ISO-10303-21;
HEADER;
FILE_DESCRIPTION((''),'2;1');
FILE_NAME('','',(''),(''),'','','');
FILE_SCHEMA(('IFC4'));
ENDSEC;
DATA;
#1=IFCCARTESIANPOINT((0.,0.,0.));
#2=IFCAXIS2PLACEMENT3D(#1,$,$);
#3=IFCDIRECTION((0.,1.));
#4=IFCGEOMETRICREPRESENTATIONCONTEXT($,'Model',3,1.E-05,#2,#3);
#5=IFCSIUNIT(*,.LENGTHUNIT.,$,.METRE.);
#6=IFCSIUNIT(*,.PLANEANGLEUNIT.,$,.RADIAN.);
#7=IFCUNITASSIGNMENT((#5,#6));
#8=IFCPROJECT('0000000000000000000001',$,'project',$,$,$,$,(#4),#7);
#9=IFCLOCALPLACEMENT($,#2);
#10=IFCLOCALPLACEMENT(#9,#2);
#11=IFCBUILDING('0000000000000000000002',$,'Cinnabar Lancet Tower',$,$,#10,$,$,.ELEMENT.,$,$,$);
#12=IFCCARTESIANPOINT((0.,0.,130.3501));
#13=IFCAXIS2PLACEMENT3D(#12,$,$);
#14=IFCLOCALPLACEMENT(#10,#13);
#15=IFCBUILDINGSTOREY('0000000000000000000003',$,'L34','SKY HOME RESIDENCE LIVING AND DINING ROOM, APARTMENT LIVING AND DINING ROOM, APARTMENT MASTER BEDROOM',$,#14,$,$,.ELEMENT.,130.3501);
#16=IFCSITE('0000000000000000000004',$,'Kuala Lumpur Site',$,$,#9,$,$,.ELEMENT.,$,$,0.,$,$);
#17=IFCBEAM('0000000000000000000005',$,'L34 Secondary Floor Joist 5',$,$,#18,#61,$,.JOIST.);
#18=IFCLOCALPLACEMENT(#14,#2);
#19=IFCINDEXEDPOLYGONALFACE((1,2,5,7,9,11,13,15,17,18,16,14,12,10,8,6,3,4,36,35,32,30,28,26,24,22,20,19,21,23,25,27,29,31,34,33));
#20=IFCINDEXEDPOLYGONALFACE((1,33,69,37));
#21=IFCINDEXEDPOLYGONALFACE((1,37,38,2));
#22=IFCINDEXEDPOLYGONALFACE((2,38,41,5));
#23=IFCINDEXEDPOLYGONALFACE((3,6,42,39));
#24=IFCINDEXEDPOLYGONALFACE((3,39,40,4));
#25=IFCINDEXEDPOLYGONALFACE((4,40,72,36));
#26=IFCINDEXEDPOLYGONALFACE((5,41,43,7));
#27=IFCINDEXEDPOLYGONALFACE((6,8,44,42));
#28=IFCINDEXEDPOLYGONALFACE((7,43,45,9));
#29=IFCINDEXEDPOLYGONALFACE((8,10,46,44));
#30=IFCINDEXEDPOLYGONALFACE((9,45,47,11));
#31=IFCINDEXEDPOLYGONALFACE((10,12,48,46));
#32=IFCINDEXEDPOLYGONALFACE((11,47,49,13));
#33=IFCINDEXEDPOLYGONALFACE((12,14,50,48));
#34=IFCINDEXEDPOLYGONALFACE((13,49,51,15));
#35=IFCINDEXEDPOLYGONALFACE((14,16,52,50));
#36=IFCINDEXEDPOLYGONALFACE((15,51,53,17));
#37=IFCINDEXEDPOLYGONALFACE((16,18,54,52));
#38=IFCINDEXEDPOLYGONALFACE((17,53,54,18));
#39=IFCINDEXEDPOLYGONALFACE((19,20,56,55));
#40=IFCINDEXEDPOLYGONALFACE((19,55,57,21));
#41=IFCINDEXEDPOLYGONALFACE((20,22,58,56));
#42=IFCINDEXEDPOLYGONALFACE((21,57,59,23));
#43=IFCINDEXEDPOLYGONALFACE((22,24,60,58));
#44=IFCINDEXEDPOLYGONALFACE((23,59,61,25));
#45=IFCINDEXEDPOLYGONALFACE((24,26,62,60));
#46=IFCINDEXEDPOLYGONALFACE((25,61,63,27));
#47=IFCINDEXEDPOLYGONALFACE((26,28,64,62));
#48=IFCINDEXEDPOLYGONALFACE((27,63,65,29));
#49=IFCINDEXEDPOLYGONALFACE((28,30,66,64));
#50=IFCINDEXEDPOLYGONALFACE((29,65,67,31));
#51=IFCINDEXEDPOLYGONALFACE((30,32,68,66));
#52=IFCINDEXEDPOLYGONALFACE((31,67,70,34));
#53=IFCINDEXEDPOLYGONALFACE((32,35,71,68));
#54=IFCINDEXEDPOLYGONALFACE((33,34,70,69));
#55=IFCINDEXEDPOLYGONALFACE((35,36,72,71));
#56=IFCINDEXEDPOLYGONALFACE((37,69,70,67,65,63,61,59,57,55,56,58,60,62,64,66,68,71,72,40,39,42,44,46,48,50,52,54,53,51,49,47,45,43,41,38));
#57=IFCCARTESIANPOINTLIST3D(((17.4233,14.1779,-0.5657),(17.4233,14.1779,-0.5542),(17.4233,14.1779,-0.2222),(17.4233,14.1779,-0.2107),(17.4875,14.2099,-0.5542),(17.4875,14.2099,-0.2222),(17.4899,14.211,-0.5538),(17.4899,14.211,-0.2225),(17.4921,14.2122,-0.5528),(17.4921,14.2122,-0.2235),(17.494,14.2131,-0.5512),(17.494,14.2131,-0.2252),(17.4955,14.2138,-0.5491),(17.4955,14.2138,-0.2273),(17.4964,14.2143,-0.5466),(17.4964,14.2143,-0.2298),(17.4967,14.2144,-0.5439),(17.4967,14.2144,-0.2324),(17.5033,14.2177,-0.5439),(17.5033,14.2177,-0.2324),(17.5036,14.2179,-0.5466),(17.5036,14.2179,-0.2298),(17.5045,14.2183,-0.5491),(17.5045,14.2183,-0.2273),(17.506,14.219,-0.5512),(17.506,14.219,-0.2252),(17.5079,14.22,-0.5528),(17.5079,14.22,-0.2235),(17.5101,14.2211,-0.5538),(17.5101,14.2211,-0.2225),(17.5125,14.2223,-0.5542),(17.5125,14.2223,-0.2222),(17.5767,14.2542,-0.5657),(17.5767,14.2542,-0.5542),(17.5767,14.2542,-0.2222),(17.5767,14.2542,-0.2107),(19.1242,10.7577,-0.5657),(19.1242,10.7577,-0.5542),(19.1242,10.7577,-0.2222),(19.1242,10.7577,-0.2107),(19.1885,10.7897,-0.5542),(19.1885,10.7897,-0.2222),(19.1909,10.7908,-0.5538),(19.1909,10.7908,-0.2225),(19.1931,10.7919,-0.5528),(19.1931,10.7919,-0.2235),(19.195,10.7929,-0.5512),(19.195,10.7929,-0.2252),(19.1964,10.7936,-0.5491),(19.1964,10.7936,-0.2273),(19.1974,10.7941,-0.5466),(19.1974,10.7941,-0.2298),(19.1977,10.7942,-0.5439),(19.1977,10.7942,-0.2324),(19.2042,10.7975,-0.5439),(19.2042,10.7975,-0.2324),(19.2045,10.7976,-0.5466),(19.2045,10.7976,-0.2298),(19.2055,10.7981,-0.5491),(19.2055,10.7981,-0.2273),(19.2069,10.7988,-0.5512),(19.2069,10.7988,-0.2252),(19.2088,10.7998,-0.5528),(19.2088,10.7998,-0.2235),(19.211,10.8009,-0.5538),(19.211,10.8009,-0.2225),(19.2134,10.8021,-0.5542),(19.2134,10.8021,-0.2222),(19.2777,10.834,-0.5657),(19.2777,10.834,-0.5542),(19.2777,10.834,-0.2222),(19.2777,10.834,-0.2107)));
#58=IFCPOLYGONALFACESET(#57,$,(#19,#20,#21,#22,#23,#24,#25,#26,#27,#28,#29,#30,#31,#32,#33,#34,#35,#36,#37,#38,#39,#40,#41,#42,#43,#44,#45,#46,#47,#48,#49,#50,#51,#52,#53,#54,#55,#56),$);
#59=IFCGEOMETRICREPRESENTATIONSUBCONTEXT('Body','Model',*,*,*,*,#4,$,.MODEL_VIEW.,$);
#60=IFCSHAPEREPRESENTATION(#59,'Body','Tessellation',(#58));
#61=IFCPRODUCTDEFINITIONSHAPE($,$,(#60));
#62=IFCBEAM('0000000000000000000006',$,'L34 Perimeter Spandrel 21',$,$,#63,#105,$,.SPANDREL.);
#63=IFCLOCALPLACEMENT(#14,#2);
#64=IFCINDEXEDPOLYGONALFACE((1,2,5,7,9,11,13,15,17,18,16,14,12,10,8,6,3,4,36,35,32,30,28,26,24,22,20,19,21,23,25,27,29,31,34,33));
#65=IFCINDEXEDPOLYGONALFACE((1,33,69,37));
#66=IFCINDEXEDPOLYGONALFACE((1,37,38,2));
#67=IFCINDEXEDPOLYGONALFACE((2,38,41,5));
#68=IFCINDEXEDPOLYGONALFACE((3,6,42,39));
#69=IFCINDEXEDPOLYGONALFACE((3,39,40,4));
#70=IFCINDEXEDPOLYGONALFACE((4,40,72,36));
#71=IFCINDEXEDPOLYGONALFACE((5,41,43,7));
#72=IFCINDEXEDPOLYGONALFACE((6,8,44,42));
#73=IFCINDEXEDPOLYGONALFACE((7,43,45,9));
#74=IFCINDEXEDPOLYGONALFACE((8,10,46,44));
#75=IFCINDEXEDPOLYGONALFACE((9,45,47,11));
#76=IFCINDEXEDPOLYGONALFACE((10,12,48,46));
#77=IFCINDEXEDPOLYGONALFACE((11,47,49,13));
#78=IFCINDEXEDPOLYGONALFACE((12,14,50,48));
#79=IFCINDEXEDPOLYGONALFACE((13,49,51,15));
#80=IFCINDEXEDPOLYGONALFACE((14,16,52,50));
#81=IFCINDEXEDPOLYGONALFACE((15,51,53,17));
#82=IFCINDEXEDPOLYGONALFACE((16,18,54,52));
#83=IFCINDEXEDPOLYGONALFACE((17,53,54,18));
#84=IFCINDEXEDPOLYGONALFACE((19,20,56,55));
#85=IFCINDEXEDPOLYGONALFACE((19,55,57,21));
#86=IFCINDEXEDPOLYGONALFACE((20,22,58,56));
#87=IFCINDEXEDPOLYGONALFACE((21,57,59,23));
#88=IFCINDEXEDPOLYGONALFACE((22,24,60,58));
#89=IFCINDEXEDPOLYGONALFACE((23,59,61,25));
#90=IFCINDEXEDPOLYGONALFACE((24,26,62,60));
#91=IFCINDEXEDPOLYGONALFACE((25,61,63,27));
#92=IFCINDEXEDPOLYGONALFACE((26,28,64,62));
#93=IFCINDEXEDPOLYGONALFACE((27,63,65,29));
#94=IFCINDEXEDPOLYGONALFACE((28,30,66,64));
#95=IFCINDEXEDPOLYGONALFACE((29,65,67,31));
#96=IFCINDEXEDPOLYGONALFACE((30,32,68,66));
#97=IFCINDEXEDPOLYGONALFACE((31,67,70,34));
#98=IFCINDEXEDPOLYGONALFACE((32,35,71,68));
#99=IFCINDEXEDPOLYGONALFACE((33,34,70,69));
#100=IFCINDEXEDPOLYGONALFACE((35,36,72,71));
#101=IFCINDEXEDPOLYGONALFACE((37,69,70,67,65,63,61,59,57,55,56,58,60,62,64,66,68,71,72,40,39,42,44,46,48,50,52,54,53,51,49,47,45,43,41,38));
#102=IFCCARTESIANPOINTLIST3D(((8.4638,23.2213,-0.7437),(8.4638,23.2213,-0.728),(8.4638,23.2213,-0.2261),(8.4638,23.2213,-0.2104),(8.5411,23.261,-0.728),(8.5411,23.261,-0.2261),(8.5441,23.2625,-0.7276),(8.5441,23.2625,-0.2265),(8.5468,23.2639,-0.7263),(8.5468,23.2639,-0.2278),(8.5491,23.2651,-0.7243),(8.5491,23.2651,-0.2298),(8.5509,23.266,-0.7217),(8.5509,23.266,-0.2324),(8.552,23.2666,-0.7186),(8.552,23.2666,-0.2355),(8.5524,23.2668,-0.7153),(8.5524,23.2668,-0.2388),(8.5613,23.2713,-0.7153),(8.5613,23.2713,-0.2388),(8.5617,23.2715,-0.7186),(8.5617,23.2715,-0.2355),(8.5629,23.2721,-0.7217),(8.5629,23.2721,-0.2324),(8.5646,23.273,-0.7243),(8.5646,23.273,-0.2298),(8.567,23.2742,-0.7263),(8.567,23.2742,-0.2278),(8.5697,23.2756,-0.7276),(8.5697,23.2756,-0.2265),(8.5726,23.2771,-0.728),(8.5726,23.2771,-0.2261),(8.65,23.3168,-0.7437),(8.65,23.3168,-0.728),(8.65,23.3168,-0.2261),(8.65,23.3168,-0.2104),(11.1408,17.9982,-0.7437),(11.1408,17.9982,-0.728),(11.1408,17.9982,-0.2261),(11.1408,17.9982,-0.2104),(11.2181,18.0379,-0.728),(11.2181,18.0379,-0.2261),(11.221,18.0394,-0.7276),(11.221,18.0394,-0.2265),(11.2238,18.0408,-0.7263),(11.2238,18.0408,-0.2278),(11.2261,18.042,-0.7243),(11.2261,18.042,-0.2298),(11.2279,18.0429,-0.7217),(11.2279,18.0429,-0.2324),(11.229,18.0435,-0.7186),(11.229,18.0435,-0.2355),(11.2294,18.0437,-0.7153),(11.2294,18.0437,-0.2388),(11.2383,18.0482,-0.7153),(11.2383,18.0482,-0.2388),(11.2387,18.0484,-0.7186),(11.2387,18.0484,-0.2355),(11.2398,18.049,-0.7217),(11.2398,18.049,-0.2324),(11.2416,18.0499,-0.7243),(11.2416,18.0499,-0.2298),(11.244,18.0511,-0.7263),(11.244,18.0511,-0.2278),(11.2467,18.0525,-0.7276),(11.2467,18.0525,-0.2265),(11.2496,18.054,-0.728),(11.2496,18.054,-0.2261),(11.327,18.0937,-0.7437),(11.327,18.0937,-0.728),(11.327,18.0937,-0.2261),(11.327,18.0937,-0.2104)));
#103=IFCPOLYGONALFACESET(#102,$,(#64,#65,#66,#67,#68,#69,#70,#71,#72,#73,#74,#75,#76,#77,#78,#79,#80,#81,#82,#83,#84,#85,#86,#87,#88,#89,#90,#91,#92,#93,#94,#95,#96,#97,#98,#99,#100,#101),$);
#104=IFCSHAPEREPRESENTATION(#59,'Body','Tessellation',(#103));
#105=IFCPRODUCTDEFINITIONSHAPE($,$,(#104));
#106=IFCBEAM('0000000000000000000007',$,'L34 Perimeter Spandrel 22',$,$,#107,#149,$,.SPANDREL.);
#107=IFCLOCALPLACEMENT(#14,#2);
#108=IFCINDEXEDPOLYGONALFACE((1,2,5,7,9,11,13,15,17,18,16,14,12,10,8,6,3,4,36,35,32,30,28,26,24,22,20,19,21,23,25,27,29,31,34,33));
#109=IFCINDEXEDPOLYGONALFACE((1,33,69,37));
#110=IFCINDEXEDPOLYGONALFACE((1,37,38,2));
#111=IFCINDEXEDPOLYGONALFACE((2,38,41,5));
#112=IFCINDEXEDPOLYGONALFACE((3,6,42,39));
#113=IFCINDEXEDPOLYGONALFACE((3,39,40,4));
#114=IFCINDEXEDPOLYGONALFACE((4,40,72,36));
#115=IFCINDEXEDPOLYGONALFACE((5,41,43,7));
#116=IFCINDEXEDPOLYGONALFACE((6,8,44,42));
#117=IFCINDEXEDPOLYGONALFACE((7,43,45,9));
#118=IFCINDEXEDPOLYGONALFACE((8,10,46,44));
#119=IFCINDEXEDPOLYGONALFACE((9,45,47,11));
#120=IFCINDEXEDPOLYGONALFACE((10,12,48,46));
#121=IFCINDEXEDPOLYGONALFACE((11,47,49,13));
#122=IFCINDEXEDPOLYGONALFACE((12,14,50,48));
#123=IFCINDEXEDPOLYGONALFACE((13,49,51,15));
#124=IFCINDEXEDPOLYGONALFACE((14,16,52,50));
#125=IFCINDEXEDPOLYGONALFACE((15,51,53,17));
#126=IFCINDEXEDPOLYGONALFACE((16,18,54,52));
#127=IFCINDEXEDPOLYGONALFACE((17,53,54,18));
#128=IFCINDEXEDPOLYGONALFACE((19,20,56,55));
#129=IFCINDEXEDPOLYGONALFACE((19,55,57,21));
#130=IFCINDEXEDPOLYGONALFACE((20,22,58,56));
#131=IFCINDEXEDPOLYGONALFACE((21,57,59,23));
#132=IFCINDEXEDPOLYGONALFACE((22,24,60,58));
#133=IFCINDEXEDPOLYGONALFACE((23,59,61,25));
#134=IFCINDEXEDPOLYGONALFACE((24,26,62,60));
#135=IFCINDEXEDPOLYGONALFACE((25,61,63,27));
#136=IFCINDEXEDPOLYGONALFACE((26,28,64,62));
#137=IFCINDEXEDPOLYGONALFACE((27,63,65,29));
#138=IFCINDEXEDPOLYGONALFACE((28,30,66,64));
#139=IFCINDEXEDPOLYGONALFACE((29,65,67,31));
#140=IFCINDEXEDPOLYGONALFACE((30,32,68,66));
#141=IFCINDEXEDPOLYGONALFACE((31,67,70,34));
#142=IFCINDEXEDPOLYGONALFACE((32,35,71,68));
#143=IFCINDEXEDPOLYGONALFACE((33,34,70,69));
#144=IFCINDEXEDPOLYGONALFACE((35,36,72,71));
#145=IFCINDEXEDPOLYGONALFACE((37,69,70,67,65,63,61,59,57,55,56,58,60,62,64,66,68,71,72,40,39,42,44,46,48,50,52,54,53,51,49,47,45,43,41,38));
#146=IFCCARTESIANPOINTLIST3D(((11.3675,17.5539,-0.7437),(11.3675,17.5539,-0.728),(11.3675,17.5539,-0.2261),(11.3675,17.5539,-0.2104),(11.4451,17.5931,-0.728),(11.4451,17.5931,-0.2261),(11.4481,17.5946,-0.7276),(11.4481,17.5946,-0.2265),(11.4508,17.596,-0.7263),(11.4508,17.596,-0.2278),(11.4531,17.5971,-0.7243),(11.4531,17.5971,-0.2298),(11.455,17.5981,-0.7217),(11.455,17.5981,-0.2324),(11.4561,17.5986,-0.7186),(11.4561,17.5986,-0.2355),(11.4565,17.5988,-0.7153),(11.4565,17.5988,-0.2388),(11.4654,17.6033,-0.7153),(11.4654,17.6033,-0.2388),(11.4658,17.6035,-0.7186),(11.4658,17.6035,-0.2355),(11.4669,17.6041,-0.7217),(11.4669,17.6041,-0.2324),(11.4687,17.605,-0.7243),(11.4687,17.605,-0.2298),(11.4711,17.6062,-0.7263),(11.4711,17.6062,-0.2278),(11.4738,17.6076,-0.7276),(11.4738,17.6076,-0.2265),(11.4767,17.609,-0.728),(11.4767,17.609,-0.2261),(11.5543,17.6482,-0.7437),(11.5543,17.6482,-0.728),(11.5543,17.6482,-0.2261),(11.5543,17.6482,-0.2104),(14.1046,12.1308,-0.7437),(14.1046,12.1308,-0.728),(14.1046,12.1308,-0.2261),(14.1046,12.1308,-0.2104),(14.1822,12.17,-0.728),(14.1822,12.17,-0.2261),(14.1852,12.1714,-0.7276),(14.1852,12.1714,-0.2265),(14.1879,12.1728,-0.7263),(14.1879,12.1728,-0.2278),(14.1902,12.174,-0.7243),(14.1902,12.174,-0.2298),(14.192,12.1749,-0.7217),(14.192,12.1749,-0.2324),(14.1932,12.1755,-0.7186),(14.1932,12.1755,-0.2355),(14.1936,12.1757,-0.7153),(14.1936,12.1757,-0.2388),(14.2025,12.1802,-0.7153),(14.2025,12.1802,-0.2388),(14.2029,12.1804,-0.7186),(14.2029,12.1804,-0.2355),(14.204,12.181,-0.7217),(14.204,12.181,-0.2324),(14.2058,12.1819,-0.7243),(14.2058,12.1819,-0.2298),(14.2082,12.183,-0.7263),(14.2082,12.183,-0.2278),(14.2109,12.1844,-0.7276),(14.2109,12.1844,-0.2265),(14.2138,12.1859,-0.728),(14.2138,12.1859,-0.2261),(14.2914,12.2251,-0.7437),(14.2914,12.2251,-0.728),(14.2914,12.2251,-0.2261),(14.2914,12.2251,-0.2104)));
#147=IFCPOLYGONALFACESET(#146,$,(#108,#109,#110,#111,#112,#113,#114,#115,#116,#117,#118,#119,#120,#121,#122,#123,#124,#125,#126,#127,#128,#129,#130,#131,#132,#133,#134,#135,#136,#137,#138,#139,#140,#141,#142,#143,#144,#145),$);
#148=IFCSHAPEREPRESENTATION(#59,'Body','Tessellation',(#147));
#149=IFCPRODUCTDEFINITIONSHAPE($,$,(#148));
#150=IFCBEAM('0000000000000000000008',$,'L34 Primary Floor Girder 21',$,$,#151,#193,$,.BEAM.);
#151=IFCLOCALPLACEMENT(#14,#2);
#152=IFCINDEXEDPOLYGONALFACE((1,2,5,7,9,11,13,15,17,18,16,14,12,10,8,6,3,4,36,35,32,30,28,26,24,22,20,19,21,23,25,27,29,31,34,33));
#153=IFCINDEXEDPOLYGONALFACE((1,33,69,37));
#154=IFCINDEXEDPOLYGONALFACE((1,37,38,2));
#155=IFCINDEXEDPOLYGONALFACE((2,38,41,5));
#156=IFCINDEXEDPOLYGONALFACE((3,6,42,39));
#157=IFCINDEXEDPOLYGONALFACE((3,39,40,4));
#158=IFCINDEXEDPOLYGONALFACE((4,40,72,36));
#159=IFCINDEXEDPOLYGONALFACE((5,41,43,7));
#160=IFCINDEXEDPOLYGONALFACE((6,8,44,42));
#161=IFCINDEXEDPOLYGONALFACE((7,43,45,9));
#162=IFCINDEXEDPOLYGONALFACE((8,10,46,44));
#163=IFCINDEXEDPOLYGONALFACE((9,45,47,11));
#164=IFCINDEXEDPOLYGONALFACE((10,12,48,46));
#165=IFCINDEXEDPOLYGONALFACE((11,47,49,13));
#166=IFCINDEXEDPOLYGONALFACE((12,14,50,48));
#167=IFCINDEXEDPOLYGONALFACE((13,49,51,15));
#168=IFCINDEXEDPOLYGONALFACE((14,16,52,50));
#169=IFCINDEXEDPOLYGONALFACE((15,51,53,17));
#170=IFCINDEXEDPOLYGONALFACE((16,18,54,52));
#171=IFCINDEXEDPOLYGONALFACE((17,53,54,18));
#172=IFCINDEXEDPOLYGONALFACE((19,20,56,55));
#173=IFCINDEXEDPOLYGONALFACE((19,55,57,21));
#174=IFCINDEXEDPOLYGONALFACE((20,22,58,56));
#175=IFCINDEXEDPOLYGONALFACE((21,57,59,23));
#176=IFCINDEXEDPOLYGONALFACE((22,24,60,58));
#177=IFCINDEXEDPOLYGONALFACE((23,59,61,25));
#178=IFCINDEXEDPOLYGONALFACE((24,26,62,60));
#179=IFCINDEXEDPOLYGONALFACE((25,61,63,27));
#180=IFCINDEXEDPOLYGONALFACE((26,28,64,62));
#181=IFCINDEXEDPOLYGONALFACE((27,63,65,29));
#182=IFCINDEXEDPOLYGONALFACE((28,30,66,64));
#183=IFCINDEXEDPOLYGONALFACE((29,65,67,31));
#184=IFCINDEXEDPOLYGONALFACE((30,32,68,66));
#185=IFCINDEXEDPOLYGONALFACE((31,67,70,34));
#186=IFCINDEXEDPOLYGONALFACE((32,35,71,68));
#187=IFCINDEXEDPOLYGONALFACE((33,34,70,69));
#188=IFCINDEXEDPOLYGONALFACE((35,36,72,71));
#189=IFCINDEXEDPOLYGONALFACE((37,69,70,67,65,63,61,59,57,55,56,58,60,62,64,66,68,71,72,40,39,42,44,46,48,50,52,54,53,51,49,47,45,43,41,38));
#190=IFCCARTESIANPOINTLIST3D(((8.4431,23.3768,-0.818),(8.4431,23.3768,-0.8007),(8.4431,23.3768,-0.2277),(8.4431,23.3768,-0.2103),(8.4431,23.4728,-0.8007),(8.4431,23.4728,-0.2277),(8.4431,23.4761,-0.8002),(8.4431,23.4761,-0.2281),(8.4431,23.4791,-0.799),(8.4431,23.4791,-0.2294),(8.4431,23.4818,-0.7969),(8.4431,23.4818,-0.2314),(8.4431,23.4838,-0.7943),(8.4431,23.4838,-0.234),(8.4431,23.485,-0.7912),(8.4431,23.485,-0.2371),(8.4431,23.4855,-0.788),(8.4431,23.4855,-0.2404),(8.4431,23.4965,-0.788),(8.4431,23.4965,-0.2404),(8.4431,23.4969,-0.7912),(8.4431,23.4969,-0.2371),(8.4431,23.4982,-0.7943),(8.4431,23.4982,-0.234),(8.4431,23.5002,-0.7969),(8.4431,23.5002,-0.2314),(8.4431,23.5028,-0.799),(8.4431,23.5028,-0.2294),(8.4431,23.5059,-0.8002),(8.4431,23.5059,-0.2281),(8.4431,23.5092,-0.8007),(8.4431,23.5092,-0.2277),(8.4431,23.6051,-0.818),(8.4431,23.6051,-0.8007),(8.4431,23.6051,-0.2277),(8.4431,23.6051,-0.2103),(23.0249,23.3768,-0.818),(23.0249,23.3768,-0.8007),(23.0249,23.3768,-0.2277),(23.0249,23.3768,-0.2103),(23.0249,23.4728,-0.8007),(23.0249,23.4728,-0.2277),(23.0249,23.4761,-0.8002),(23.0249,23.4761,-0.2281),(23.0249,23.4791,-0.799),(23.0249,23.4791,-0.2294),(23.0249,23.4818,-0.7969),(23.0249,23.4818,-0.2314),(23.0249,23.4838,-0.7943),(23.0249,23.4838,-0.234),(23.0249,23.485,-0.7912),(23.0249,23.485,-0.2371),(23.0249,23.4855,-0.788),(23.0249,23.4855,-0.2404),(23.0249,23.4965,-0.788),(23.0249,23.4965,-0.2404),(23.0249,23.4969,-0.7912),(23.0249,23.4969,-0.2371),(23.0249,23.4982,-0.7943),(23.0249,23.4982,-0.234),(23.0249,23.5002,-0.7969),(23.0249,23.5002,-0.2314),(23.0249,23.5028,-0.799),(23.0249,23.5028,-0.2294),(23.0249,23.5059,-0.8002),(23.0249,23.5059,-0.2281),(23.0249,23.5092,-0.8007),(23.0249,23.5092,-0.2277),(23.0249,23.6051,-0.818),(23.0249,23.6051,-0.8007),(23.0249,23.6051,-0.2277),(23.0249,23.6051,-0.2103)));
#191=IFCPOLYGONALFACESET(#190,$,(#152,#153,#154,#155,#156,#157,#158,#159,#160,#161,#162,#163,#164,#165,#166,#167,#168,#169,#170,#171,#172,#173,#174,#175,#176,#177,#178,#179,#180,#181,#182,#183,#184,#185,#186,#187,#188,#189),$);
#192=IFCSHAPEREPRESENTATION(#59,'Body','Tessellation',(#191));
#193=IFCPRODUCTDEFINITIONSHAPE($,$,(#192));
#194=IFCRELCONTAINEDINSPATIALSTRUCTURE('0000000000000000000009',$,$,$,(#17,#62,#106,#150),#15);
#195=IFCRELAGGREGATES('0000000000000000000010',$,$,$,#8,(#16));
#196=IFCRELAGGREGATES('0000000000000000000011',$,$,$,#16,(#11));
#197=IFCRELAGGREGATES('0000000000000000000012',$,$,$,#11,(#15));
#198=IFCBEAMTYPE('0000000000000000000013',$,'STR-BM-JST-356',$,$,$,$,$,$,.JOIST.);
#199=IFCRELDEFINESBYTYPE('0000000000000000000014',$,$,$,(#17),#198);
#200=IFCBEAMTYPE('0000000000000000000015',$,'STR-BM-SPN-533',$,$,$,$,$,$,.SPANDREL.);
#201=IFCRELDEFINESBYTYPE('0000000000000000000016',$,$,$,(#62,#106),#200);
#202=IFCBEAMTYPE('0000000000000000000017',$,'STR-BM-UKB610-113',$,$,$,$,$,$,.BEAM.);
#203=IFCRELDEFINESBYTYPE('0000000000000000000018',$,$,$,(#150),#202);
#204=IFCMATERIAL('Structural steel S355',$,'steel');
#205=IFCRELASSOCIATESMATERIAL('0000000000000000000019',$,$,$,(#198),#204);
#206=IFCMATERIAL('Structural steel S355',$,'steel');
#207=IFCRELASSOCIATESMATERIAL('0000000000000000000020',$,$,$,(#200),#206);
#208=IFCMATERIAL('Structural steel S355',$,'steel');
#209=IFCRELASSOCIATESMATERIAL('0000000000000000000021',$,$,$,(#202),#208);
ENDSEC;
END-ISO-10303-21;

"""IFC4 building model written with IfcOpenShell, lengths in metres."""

from ifc_helpers import new_model, si_unit, direction, frame, origin, origin_2d, place, context, subcontext, project, spatial, i_section, extrude, material, material_profile, profile_set, type_object, element, save


model = new_model("IFC4")

# Units and contexts
model_context = context("Model", 3, precision=1e-05, world=origin(), true_north=direction((0.0, 1.0)))
body_context = subcontext(model_context, "Body", "Model", "MODEL_VIEW")
ifc_project = project(units=[si_unit("LENGTHUNIT", "METRE"), si_unit("PLANEANGLEUNIT", "RADIAN")], contexts=[model_context])

# Site, building, storey
site_placement = place(None, origin())
site = spatial("IfcSite", under=ifc_project, at=site_placement, Name="Kuala Lumpur Site", CompositionType="ELEMENT", RefElevation=0.0)
building_placement = place(site_placement, origin())
building = spatial("IfcBuilding", under=site, at=building_placement, Name="Cinnabar Lancet Tower", CompositionType="ELEMENT")
storey_placement = place(building_placement, frame((0.0, 0.0, 130.3501)))
storey = spatial("IfcBuildingStorey", under=building, at=storey_placement, Name="L34", Description="SKY HOME RESIDENCE LIVING AND DINING ROOM, APARTMENT LIVING AND DINING ROOM, APARTMENT MASTER BEDROOM", CompositionType="ELEMENT", Elevation=130.3501)

# Beams
ifc_material_1 = material(Name="Structural steel S355", Category="steel")
ifc_material_profile_1 = material_profile(ifc_material_1, i_section(OverallWidth=0.1714, OverallDepth=0.355, WebThickness=0.0073, FlangeThickness=0.0115, FilletRadius=0.0103, at=origin_2d()), Name="UKB 356x171x51")
ifc_profile_set_1 = profile_set([ifc_material_profile_1], Name="Structural steel S355")
beam_type_1 = type_object("IfcBeamType", Name="STR-BM-JST-356", PredefinedType="JOIST", material=ifc_profile_set_1)
beam_1_placement = place(storey_placement, frame((17.5, 14.2161, -0.3882), z_axis=(0.445295, -0.895384, 0.0), x_axis=(0.895384, 0.445295, 0.0)))
element("IfcBeam", 1, at=beam_1_placement, inside=storey, type_object=beam_type_1, Name="L34 Secondary Floor Joist 5", PredefinedType="JOIST", context=body_context, shape_type="SweptSolid", body=[
    extrude(i_section(OverallWidth=0.1714, OverallDepth=0.355, WebThickness=0.0073, FlangeThickness=0.0115, FilletRadius=0.0103, at=origin_2d()), origin(), (0.0, 0.0, 1.0), 3.8198),
])
ifc_material_2 = material(Name="Structural steel S355", Category="steel")
ifc_material_profile_2 = material_profile(ifc_material_2, i_section(OverallWidth=0.2092, OverallDepth=0.5332, WebThickness=0.01, FlangeThickness=0.0156, FilletRadius=0.0127, at=origin_2d()), Name="UKB 533x210x92")
ifc_profile_set_2 = profile_set([ifc_material_profile_2], Name="Structural steel S355")
beam_type_2 = type_object("IfcBeamType", Name="STR-BM-SPN-533", PredefinedType="SPANDREL", material=ifc_profile_set_2)
beam_2_placement = place(storey_placement, frame((8.5569, 23.269, -0.4771), z_axis=(0.45611, -0.889924, 0.0), x_axis=(0.889924, 0.45611, 0.0)))
element("IfcBeam", 2, at=beam_2_placement, inside=storey, type_object=beam_type_2, Name="L34 Perimeter Spandrel 21", PredefinedType="SPANDREL", context=body_context, shape_type="SweptSolid", body=[
    extrude(i_section(OverallWidth=0.2092, OverallDepth=0.5332, WebThickness=0.01, FlangeThickness=0.0156, FilletRadius=0.0127, at=origin_2d()), origin(), (0.0, 0.0, 1.0), 5.8691),
])
beam_3_placement = place(storey_placement, frame((11.4609, 17.6011, -0.4771), z_axis=(0.45057, -0.892741, 0.0), x_axis=(0.892741, 0.45057, 0.0)))
element("IfcBeam", 3, at=beam_3_placement, inside=storey, type_object=beam_type_2, Name="L34 Perimeter Spandrel 22", PredefinedType="SPANDREL", context=body_context, shape_type="SweptSolid", body=[
    extrude(i_section(OverallWidth=0.2092, OverallDepth=0.5332, WebThickness=0.01, FlangeThickness=0.0156, FilletRadius=0.0127, at=origin_2d()), origin(), (0.0, 0.0, 1.0), 6.0747),
])
ifc_material_3 = material(Name="Structural steel S355", Category="steel")
ifc_material_profile_3 = material_profile(ifc_material_3, i_section(OverallWidth=0.2283, OverallDepth=0.6077, WebThickness=0.011, FlangeThickness=0.0173, FilletRadius=0.0127, at=origin_2d()), Name="UKB 610x229x113")
ifc_profile_set_3 = profile_set([ifc_material_profile_3], Name="Structural steel S355")
beam_type_3 = type_object("IfcBeamType", Name="STR-BM-UKB610-113", PredefinedType="BEAM", material=ifc_profile_set_3)
beam_4_placement = place(storey_placement, frame((8.4431, 23.491, -0.5142), z_axis=(1.0, 0.0, 0.0), x_axis=(0.0, 1.0, 0.0)))
element("IfcBeam", 4, at=beam_4_placement, inside=storey, type_object=beam_type_3, Name="L34 Primary Floor Girder 21", PredefinedType="BEAM", context=body_context, shape_type="SweptSolid", body=[
    extrude(i_section(OverallWidth=0.2283, OverallDepth=0.6077, WebThickness=0.011, FlangeThickness=0.0173, FilletRadius=0.0127, at=origin_2d()), origin(), (0.0, 0.0, 1.0), 14.5818),
])

save(model, "model.ifc")
